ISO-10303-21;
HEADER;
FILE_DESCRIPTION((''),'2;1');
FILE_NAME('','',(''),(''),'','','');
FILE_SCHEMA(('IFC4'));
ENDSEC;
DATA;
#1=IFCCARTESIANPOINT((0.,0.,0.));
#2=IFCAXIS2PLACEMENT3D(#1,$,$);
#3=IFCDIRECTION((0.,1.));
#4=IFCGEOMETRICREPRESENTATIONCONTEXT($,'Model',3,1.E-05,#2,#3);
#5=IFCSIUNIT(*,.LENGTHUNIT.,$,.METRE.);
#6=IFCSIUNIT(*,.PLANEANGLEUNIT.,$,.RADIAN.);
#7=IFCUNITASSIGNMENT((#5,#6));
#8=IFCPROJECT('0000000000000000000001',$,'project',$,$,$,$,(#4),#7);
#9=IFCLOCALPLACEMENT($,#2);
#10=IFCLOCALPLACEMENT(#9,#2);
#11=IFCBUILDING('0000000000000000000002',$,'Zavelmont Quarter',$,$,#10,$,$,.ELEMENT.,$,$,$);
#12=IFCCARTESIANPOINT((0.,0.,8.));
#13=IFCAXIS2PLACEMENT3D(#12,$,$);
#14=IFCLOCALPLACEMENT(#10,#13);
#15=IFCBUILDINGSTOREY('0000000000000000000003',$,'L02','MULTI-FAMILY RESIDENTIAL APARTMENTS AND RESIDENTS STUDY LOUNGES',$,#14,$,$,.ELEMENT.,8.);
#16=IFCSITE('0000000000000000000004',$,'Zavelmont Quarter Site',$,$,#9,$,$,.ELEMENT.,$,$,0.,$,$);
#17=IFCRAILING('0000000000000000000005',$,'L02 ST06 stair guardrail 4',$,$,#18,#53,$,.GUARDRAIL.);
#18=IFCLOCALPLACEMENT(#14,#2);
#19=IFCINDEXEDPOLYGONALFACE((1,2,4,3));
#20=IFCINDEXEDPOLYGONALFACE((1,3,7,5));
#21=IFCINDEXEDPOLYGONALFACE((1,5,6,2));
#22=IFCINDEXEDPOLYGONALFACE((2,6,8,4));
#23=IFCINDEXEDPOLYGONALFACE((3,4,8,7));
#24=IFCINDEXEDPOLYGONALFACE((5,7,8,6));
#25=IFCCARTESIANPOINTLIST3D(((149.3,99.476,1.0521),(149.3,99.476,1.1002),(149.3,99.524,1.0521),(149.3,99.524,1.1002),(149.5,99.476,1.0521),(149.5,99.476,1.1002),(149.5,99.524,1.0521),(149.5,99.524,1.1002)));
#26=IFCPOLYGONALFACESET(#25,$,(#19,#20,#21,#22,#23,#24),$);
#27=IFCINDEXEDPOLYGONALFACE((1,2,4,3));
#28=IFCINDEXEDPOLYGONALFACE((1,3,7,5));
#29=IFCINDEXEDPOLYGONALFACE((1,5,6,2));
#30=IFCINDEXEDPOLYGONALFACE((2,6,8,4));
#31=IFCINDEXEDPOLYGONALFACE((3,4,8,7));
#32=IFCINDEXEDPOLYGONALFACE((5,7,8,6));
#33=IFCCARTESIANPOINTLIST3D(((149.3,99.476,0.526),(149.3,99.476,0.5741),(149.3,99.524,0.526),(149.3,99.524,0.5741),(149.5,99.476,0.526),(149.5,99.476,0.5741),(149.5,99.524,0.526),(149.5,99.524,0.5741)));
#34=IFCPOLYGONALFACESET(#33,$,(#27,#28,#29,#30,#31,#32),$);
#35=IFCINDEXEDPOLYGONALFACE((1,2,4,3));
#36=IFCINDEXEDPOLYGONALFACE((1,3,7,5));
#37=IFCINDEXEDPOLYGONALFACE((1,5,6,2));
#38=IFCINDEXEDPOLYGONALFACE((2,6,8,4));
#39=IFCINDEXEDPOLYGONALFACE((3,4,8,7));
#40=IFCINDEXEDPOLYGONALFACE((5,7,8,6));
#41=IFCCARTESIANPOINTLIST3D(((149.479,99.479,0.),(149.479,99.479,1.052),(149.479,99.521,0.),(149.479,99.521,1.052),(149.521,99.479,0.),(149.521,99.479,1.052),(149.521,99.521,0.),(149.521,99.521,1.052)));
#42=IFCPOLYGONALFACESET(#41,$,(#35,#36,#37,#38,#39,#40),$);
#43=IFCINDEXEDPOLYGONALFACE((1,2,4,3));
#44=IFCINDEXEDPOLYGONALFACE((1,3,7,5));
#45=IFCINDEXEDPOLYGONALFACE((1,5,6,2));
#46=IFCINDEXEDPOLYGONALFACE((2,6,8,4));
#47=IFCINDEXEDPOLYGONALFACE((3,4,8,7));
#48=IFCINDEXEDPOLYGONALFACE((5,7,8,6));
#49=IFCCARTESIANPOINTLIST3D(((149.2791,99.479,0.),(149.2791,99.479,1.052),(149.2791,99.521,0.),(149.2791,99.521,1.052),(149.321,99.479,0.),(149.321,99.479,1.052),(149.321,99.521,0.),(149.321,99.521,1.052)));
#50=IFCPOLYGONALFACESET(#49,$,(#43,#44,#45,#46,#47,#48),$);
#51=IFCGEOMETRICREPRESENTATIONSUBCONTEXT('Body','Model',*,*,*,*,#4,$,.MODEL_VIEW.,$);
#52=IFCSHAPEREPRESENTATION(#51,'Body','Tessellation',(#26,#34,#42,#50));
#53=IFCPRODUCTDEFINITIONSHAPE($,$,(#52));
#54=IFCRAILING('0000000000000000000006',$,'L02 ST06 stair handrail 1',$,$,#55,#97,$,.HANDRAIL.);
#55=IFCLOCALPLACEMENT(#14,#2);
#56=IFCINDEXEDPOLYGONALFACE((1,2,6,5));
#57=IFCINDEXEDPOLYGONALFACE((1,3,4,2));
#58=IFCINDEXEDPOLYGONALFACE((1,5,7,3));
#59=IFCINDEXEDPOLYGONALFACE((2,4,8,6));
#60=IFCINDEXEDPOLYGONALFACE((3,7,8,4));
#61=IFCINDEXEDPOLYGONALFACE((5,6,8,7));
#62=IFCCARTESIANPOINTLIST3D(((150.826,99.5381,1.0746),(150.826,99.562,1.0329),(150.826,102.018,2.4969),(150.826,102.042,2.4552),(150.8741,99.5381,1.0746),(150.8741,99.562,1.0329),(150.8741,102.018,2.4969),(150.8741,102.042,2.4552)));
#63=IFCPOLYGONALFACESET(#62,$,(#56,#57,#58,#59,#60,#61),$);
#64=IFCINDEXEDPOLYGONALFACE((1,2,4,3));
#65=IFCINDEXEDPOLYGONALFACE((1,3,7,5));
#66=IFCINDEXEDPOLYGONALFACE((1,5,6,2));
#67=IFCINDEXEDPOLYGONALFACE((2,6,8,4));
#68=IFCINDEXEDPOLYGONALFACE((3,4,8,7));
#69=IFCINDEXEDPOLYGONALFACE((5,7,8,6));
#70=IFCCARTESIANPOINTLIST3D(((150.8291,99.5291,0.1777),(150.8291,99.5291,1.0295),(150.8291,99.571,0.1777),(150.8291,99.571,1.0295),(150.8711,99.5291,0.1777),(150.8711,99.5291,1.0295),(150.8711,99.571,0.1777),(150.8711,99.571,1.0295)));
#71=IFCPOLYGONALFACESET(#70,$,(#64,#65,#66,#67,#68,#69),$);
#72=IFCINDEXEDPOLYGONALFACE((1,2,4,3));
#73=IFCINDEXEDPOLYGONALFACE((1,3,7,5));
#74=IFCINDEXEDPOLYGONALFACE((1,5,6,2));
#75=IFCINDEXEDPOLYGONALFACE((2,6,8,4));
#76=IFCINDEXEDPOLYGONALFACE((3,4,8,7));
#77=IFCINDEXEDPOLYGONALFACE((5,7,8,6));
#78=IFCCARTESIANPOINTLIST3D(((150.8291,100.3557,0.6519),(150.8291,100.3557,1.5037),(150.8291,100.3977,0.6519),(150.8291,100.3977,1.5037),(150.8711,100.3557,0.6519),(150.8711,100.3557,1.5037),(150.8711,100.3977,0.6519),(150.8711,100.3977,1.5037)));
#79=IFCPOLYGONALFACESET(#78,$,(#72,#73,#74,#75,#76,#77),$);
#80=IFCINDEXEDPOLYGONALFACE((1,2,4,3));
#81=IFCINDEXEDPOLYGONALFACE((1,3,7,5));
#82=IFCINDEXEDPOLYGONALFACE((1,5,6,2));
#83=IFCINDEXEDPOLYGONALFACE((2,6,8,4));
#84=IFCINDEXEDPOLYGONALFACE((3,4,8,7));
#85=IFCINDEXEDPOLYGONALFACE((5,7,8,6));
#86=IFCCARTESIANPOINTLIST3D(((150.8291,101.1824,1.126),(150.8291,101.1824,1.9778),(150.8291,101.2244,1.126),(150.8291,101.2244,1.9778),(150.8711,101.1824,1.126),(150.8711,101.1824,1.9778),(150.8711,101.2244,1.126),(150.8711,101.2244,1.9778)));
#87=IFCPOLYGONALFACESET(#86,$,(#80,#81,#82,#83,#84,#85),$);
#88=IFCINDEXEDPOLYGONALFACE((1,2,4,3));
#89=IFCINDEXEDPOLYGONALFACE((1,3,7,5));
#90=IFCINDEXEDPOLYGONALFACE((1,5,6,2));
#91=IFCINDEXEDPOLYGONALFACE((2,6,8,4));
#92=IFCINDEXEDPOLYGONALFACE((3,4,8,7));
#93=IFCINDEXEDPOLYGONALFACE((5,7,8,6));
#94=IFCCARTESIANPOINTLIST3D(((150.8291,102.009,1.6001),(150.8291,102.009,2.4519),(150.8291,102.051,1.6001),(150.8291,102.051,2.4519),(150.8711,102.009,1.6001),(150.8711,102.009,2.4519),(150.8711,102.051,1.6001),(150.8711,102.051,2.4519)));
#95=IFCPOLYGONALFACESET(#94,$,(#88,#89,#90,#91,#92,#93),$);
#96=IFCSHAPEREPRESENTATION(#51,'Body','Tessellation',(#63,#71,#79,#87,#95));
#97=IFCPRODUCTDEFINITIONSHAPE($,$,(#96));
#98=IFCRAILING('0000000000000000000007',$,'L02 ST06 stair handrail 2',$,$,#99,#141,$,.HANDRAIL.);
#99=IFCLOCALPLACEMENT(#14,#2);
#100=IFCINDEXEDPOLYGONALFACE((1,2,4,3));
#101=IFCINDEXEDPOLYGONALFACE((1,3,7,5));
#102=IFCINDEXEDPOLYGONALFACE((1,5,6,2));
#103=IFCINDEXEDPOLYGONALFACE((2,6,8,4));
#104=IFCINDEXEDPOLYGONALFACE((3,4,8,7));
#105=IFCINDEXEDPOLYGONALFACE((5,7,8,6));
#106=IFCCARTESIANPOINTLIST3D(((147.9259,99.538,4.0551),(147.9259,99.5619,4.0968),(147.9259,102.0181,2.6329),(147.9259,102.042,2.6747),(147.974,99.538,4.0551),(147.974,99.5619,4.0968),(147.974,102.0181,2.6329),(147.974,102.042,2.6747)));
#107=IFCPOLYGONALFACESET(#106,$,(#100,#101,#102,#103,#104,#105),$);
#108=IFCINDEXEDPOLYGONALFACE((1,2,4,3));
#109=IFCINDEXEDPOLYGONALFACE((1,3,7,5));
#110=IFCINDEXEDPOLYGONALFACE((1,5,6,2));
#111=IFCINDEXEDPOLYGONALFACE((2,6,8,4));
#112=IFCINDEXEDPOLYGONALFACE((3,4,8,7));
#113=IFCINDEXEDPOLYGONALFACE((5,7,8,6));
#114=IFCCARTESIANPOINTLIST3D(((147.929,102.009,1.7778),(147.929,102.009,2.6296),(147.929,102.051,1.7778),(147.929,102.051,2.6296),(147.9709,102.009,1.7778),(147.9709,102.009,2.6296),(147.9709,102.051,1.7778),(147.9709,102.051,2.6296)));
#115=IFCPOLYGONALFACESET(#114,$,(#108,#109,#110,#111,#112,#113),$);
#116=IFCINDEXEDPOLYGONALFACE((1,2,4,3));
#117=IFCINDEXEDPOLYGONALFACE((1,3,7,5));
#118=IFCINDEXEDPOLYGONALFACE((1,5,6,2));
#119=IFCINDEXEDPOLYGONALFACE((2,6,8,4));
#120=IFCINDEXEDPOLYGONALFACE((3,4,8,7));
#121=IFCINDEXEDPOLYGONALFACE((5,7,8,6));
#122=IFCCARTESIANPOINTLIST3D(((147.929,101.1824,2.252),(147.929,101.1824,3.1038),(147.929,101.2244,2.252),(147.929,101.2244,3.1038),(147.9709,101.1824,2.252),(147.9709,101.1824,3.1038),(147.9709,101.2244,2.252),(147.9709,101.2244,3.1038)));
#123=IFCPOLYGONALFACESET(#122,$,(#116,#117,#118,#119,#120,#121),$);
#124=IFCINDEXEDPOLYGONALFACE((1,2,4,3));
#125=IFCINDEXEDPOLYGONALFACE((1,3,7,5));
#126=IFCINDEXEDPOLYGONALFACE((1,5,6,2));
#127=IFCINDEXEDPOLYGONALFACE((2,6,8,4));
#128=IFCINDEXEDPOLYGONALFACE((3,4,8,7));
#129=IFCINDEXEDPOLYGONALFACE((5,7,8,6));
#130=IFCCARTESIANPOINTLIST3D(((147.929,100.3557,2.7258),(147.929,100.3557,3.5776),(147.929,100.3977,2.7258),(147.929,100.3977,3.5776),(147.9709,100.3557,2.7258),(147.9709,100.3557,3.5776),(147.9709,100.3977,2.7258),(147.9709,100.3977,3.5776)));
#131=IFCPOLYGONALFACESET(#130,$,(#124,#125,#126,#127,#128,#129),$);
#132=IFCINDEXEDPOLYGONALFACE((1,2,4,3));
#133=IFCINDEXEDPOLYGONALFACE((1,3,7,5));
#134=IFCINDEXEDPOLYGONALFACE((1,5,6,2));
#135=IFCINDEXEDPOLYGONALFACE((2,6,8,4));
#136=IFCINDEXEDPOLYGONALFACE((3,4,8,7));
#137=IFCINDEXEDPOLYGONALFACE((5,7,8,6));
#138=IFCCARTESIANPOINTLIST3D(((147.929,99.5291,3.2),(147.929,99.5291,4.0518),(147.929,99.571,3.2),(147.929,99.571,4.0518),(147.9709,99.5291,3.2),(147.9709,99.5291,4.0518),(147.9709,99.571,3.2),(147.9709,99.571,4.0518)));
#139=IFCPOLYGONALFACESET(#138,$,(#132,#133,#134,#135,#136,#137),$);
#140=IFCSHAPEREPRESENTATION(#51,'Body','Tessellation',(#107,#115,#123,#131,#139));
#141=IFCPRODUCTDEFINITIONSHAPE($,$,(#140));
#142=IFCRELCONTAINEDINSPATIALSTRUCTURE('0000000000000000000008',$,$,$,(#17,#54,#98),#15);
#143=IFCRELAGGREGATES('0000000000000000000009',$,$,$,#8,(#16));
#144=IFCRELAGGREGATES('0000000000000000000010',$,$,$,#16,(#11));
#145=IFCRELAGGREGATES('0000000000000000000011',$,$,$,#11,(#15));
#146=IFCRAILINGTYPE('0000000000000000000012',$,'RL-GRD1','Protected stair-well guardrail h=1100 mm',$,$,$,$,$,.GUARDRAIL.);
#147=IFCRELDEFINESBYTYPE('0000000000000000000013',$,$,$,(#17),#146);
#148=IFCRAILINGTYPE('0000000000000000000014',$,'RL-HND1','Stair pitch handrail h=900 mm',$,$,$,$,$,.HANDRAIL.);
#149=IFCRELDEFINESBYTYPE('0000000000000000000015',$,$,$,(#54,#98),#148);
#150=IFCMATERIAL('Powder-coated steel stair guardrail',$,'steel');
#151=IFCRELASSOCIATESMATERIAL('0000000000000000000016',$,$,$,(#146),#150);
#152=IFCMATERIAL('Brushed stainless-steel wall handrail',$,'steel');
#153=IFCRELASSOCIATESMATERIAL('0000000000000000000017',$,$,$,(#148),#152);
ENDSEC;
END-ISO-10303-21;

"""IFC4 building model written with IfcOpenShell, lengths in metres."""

from ifc_helpers import new_model, si_unit, direction, frame, origin, origin_2d, place, context, subcontext, project, spatial, rectangle, extrude, material, type_object, element, save


model = new_model("IFC4")

# Units and contexts
model_context = context("Model", 3, precision=1e-05, world=origin(), true_north=direction((0.0, 1.0)))
body_context = subcontext(model_context, "Body", "Model", "MODEL_VIEW")
ifc_project = project(units=[si_unit("LENGTHUNIT", "METRE"), si_unit("PLANEANGLEUNIT", "RADIAN")], contexts=[model_context])

# Site, building, storey
site_placement = place(None, origin())
site = spatial("IfcSite", under=ifc_project, at=site_placement, Name="Zavelmont Quarter Site", CompositionType="ELEMENT", RefElevation=0.0)
building_placement = place(site_placement, origin())
building = spatial("IfcBuilding", under=site, at=building_placement, Name="Zavelmont Quarter", CompositionType="ELEMENT")
storey_placement = place(building_placement, frame((0.0, 0.0, 8.0)))
storey = spatial("IfcBuildingStorey", under=building, at=storey_placement, Name="L02", Description="MULTI-FAMILY RESIDENTIAL APARTMENTS AND RESIDENTS STUDY LOUNGES", CompositionType="ELEMENT", Elevation=8.0)

# Railings
ifc_material_1 = material(Name="Powder-coated steel stair guardrail", Category="steel")
railing_type_1 = type_object("IfcRailingType", Name="RL-GRD1", Description="Protected stair-well guardrail h=1100 mm", PredefinedType="GUARDRAIL", material=ifc_material_1)
railing_1_placement = place(storey_placement, frame((149.5, 99.5, 0.0)))
element("IfcRailing", 1, at=railing_1_placement, inside=storey, type_object=railing_type_1, Name="L02 ST06 stair guardrail 4", PredefinedType="GUARDRAIL", context=body_context, shape_type="SweptSolid", body=[
    extrude(rectangle(XDim=0.0481, YDim=0.0481, at=origin_2d()), frame((0.0, 0.0, 1.0762), z_axis=(-1.0, 0.0, 0.0), x_axis=(0.0, -1.0, 0.0)), (0.0, 0.0, 1.0), 0.2),
    extrude(rectangle(XDim=0.0481, YDim=0.0481, at=origin_2d()), frame((0.0, 0.0, 0.55), z_axis=(-1.0, 0.0, 0.0), x_axis=(0.0, -1.0, 0.0)), (0.0, 0.0, 1.0), 0.2),
    extrude(rectangle(XDim=0.042, YDim=0.042, at=origin_2d()), origin(), (0.0, 0.0, 1.0), 1.052),
    extrude(rectangle(XDim=0.042, YDim=0.042, at=origin_2d()), frame((-0.2, 0.0, 0.0)), (0.0, 0.0, 1.0), 1.052),
])
ifc_material_2 = material(Name="Brushed stainless-steel wall handrail", Category="steel")
railing_type_2 = type_object("IfcRailingType", Name="RL-HND1", Description="Stair pitch handrail h=900 mm", PredefinedType="HANDRAIL", material=ifc_material_2)
railing_2_placement = place(storey_placement, frame((150.8501, 99.55, 0.1777)))
element("IfcRailing", 2, at=railing_2_placement, inside=storey, type_object=railing_type_2, Name="L02 ST06 stair handrail 1", PredefinedType="HANDRAIL", context=body_context, shape_type="SweptSolid", body=[
    extrude(rectangle(XDim=0.0481, YDim=0.0481, at=origin_2d()), frame((0.0, 0.0, 0.876), z_axis=(0.0, 0.867454, 0.497518), x_axis=(-1.0, 0.0, 0.0)), (0.0, 0.0, 1.0), 2.8589),
    extrude(rectangle(XDim=0.042, YDim=0.042, at=origin_2d()), origin(), (0.0, 0.0, 1.0), 0.8518),
    extrude(rectangle(XDim=0.042, YDim=0.042, at=origin_2d()), frame((0.0, 0.8267, 0.4741)), (0.0, 0.0, 1.0), 0.8518),
    extrude(rectangle(XDim=0.042, YDim=0.042, at=origin_2d()), frame((0.0, 1.6533, 0.9482)), (0.0, 0.0, 1.0), 0.8518),
    extrude(rectangle(XDim=0.042, YDim=0.042, at=origin_2d()), frame((0.0, 2.48, 1.4224)), (0.0, 0.0, 1.0), 0.8518),
])
railing_3_placement = place(storey_placement, frame((147.95, 102.03, 1.7778)))
element("IfcRailing", 3, at=railing_3_placement, inside=storey, type_object=railing_type_2, Name="L02 ST06 stair handrail 2", PredefinedType="HANDRAIL", context=body_context, shape_type="SweptSolid", body=[
    extrude(rectangle(XDim=0.0481, YDim=0.0481, at=origin_2d()), frame((0.0, 0.0, 0.876), z_axis=(0.0, -0.867491, 0.497454), x_axis=(1.0, 0.0, 0.0)), (0.0, 0.0, 1.0), 2.8589),
    extrude(rectangle(XDim=0.042, YDim=0.042, at=origin_2d()), origin(), (0.0, 0.0, 1.0), 0.8518),
    extrude(rectangle(XDim=0.042, YDim=0.042, at=origin_2d()), frame((0.0, -0.8267, 0.4741)), (0.0, 0.0, 1.0), 0.8518),
    extrude(rectangle(XDim=0.042, YDim=0.042, at=origin_2d()), frame((0.0, -1.6533, 0.948)), (0.0, 0.0, 1.0), 0.8518),
    extrude(rectangle(XDim=0.042, YDim=0.042, at=origin_2d()), frame((0.0, -2.48, 1.4221)), (0.0, 0.0, 1.0), 0.8518),
])

save(model, "model.ifc")
